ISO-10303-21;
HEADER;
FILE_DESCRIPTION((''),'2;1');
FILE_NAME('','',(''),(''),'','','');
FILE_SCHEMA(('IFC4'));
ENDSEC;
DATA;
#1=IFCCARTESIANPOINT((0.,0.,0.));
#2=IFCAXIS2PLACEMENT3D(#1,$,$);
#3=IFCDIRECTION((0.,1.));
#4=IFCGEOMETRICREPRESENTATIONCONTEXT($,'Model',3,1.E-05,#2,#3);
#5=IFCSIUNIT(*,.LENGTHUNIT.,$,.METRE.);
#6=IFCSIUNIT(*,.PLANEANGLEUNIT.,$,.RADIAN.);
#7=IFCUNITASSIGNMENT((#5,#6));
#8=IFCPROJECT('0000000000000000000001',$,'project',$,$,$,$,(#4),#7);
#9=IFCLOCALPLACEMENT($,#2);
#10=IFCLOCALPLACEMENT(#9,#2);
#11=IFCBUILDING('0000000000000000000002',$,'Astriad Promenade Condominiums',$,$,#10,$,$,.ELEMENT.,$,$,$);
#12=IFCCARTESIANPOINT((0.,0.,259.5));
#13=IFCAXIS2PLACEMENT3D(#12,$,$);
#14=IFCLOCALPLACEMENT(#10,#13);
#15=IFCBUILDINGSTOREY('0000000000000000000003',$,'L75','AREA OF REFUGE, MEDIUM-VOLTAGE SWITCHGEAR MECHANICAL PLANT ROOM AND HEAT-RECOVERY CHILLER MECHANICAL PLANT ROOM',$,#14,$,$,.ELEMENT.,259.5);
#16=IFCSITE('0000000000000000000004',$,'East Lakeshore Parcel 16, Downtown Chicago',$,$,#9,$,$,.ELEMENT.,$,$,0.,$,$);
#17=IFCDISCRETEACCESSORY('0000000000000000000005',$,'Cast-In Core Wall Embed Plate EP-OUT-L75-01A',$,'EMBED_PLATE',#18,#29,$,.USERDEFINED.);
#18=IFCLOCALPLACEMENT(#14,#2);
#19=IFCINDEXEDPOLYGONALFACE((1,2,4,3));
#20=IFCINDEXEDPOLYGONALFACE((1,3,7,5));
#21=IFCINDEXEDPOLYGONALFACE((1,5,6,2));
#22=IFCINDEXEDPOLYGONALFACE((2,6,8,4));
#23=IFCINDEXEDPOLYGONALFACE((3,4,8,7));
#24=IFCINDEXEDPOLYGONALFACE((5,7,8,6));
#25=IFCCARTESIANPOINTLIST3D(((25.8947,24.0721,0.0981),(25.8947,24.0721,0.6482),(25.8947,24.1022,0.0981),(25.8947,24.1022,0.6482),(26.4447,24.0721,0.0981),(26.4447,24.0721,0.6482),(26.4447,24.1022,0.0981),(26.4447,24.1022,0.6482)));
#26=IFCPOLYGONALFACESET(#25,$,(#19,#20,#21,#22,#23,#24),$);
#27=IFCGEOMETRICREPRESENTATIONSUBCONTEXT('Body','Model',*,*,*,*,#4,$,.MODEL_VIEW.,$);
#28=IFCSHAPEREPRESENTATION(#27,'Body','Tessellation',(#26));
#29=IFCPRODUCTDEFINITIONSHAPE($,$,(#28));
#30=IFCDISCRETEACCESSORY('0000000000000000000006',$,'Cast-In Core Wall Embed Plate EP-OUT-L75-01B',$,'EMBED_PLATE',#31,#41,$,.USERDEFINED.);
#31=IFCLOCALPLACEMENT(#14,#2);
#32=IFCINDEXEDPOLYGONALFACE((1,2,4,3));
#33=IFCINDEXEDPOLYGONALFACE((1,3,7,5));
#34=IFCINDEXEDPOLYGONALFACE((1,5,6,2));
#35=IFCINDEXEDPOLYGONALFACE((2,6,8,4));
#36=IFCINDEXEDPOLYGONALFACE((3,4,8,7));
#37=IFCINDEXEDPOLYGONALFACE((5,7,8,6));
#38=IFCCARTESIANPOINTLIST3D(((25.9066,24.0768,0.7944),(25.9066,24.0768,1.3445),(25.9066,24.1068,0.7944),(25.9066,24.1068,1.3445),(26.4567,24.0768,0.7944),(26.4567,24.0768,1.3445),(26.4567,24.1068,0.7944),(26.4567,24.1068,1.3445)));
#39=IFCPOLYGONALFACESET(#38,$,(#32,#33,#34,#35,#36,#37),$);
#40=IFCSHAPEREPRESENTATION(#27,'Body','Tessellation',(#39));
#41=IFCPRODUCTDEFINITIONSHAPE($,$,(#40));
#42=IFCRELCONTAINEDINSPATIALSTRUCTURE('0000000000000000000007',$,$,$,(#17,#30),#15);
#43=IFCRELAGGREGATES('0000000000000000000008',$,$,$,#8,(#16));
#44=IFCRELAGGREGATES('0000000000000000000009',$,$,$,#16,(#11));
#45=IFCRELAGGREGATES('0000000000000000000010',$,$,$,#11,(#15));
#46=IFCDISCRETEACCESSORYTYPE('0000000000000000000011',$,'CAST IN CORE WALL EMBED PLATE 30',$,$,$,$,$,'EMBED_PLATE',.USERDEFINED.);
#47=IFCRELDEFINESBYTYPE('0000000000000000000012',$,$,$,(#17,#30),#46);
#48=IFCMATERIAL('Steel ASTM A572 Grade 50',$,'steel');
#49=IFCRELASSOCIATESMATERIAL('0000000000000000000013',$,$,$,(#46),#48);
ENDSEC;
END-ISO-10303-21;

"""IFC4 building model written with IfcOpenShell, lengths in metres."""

from ifc_helpers import new_model, si_unit, direction, frame, origin, origin_2d, place, context, subcontext, project, spatial, rectangle, extrude, source, transform, mapped, material, type_object, type_shapes, element, save


model = new_model("IFC4")

# Units and contexts
model_context = context("Model", 3, precision=1e-05, world=origin(), true_north=direction((0.0, 1.0)))
body_context = subcontext(model_context, "Body", "Model", "MODEL_VIEW")
ifc_project = project(units=[si_unit("LENGTHUNIT", "METRE"), si_unit("PLANEANGLEUNIT", "RADIAN")], contexts=[model_context])

# Site, building, storey
site_placement = place(None, origin())
site = spatial("IfcSite", under=ifc_project, at=site_placement, Name="East Lakeshore Parcel 16, Downtown Chicago", CompositionType="ELEMENT", RefElevation=0.0)
building_placement = place(site_placement, origin())
building = spatial("IfcBuilding", under=site, at=building_placement, Name="Astriad Promenade Condominiums", CompositionType="ELEMENT")
storey_placement = place(building_placement, frame((0.0, 0.0, 259.5)))
storey = spatial("IfcBuildingStorey", under=building, at=storey_placement, Name="L75", Description="AREA OF REFUGE, MEDIUM-VOLTAGE SWITCHGEAR MECHANICAL PLANT ROOM AND HEAT-RECOVERY CHILLER MECHANICAL PLANT ROOM", CompositionType="ELEMENT", Elevation=259.5)

# Shared definitions
ifc_material_1 = material(Name="Steel ASTM A572 Grade 50", Category="steel")

# Discrete accessories
discrete_accessory_type = type_object("IfcDiscreteAccessoryType", Name="CAST IN CORE WALL EMBED PLATE 30", ElementType="EMBED_PLATE", PredefinedType="USERDEFINED", material=ifc_material_1)
shared_shape_1 = source(origin(), body_context, "Body", "SweptSolid", [
    extrude(rectangle(XDim=0.55, YDim=0.03, at=origin_2d()), origin(), (0.0, 0.0, 1.0), 0.55),
])
type_shapes(discrete_accessory_type, [shared_shape_1])
for number, where, z_axis, x_axis, name in (
    (1, (26.1697, 24.0872, 0.0981), (0.0, 0.0, 1.0), (1.0, 0.0, 0.0), "Cast-In Core Wall Embed Plate EP-OUT-L75-01A"),
    (2, (26.1816, 24.0918, 0.7944), (0.0, 0.0, 1.0), (1.0, 0.0, 0.0), "Cast-In Core Wall Embed Plate EP-OUT-L75-01B"),
):
    element("IfcDiscreteAccessory", number, at=place(storey_placement, frame(where, z_axis=z_axis, x_axis=x_axis)), inside=storey, type_object=discrete_accessory_type, Name=name, ObjectType="EMBED_PLATE", PredefinedType="USERDEFINED", context=body_context, shape_type="MappedRepresentation", body=[
        mapped(shared_shape_1, transform((0.0, 0.0, 0.0), scale=1.0)),
    ])

save(model, "model.ifc")
